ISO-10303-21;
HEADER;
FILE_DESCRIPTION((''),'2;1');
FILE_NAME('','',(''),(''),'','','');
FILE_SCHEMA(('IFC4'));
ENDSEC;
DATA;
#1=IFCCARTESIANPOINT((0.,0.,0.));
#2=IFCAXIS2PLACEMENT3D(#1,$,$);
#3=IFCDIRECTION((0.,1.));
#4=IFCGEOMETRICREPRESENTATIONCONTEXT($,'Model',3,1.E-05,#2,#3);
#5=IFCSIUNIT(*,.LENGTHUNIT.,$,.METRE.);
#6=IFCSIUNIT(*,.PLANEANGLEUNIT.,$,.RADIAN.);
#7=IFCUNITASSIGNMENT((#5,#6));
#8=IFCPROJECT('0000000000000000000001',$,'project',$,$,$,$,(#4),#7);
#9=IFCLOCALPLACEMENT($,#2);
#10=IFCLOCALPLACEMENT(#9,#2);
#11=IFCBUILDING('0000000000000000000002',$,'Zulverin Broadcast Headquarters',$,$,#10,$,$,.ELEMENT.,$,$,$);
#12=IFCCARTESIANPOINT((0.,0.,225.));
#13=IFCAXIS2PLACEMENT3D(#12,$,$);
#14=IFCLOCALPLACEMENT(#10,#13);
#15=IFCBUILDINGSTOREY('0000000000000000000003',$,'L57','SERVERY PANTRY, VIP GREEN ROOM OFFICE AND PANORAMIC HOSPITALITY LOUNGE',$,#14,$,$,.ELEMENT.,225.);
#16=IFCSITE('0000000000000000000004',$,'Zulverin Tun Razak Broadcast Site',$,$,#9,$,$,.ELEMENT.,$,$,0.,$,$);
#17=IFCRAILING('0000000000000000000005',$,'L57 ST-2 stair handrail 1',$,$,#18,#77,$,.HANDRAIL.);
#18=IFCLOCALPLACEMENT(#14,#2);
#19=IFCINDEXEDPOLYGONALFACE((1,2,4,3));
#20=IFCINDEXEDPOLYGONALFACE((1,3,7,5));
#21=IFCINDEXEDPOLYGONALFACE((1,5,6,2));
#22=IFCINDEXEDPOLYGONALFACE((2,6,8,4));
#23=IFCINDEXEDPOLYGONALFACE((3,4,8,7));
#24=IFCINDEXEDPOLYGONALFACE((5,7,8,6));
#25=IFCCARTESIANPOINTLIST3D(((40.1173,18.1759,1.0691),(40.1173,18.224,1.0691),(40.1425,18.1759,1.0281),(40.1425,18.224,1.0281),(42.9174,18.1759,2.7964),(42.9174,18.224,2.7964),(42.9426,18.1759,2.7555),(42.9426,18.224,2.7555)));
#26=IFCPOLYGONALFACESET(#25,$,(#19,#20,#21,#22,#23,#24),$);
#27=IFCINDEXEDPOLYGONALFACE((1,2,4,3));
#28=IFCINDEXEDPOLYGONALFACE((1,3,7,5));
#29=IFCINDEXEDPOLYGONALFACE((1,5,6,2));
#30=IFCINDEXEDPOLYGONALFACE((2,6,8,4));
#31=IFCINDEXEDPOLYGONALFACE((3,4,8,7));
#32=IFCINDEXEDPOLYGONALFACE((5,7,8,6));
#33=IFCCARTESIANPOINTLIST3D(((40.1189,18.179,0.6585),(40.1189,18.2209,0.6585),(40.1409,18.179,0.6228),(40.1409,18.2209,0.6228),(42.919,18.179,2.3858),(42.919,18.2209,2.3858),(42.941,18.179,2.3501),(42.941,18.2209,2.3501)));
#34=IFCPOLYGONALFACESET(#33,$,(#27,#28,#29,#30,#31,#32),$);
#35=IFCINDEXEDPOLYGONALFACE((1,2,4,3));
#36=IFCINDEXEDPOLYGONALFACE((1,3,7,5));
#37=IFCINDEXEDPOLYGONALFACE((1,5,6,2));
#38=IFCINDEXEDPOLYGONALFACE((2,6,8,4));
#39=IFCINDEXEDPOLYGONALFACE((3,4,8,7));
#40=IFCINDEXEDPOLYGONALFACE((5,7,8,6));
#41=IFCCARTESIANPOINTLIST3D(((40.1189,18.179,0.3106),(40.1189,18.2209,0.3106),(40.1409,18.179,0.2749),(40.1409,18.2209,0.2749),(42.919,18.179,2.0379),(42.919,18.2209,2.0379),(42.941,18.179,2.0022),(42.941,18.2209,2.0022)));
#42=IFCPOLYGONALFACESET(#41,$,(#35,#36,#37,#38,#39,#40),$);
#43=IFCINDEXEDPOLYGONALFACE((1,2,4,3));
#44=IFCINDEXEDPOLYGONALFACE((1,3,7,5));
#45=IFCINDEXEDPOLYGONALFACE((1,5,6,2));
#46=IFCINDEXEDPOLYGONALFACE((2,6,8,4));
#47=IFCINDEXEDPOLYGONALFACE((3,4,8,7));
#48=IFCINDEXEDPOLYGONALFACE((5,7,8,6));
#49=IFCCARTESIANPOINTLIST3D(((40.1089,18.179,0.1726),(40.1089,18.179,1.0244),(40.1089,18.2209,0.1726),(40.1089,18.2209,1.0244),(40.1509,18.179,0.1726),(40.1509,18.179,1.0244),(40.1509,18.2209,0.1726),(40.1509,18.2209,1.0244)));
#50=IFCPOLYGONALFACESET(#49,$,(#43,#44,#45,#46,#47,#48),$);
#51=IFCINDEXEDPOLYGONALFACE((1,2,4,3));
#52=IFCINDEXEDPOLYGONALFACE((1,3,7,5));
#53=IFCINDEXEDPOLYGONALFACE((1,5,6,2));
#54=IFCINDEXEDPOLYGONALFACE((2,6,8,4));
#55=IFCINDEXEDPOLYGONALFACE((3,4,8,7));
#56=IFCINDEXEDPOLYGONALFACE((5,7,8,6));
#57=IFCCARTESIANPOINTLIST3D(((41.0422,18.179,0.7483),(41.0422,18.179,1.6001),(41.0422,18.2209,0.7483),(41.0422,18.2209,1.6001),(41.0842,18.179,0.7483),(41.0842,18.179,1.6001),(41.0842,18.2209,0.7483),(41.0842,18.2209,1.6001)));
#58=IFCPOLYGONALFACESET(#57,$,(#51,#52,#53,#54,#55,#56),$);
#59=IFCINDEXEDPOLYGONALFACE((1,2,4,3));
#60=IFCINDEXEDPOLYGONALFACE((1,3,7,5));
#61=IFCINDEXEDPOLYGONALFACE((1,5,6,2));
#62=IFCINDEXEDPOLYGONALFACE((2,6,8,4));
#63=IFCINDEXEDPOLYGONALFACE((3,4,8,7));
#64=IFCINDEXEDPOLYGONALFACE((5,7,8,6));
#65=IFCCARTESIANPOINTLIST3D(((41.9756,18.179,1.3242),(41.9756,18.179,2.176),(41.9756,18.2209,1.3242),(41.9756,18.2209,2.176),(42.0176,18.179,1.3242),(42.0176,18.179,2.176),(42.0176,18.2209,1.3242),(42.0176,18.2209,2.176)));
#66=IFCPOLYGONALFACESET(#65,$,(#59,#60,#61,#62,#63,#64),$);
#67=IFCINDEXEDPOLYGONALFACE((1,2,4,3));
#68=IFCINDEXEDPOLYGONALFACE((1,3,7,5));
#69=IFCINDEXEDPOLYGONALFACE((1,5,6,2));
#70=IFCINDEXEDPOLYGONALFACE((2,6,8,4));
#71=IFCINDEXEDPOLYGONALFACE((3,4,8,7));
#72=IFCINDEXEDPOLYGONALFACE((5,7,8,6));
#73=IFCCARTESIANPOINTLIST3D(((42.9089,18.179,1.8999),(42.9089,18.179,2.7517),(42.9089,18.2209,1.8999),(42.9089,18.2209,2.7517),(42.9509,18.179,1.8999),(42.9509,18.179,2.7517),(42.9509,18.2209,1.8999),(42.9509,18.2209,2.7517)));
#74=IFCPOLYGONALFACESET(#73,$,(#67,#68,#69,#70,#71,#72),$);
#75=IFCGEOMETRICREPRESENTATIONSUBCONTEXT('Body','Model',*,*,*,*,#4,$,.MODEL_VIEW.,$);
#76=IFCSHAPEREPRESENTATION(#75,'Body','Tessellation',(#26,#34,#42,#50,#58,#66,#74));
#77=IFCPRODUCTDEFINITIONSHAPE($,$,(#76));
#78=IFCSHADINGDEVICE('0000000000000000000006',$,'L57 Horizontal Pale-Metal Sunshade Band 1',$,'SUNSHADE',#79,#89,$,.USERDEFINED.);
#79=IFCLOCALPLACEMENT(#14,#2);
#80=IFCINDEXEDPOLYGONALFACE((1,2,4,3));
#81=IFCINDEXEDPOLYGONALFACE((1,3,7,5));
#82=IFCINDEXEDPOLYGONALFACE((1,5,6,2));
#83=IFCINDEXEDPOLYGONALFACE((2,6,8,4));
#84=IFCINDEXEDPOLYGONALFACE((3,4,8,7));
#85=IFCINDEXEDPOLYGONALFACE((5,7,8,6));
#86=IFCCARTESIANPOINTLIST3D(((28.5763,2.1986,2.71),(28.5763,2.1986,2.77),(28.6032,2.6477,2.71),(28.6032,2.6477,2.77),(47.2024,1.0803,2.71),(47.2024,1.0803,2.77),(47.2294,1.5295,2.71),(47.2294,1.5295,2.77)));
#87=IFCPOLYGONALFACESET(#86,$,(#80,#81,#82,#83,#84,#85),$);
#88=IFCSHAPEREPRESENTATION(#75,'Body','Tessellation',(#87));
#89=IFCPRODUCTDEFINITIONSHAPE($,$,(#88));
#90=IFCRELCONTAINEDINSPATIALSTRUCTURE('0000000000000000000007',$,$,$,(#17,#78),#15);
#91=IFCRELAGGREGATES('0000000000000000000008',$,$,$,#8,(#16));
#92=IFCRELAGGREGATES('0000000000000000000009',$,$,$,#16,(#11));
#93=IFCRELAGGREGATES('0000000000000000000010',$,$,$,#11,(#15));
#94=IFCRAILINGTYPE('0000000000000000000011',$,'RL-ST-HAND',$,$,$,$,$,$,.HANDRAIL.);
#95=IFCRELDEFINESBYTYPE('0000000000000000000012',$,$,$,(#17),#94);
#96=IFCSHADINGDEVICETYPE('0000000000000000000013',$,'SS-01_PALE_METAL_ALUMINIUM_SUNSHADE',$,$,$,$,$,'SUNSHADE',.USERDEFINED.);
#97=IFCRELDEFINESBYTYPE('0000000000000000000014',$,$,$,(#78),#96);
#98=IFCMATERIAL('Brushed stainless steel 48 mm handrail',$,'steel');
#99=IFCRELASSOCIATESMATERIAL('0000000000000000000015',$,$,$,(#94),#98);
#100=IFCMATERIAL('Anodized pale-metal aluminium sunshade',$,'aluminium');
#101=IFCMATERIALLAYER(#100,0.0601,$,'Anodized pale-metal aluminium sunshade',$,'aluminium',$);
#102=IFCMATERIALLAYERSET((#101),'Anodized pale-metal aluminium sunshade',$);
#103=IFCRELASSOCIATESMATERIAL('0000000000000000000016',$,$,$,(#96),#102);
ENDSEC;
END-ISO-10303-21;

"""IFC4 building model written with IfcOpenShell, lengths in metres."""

from ifc_helpers import new_model, si_unit, direction, frame, origin, origin_2d, place, context, subcontext, project, spatial, rectangle, extrude, material, layer, layer_set, type_object, element, save


model = new_model("IFC4")

# Units and contexts
model_context = context("Model", 3, precision=1e-05, world=origin(), true_north=direction((0.0, 1.0)))
body_context = subcontext(model_context, "Body", "Model", "MODEL_VIEW")
ifc_project = project(units=[si_unit("LENGTHUNIT", "METRE"), si_unit("PLANEANGLEUNIT", "RADIAN")], contexts=[model_context])

# Site, building, storey
site_placement = place(None, origin())
site = spatial("IfcSite", under=ifc_project, at=site_placement, Name="Zulverin Tun Razak Broadcast Site", CompositionType="ELEMENT", RefElevation=0.0)
building_placement = place(site_placement, origin())
building = spatial("IfcBuilding", under=site, at=building_placement, Name="Zulverin Broadcast Headquarters", CompositionType="ELEMENT")
storey_placement = place(building_placement, frame((0.0, 0.0, 225.0)))
storey = spatial("IfcBuildingStorey", under=building, at=storey_placement, Name="L57", Description="SERVERY PANTRY, VIP GREEN ROOM OFFICE AND PANORAMIC HOSPITALITY LOUNGE", CompositionType="ELEMENT", Elevation=225.0)

# Railing
ifc_material_1 = material(Name="Brushed stainless steel 48 mm handrail", Category="steel")
railing_type_1 = type_object("IfcRailingType", Name="RL-ST-HAND", PredefinedType="HANDRAIL", material=ifc_material_1)
railing_1_placement = place(storey_placement, frame((40.1299, 18.2, 0.1726)))
element("IfcRailing", 1, at=railing_1_placement, inside=storey, type_object=railing_type_1, Name="L57 ST-2 stair handrail 1", PredefinedType="HANDRAIL", context=body_context, shape_type="SweptSolid", body=[
    extrude(rectangle(XDim=0.0481, YDim=0.0481, at=origin_2d()), frame((0.0, 0.0, 0.876), z_axis=(0.85109, 0.0, 0.52502), x_axis=(0.0, 1.0, 0.0)), (0.0, 0.0, 1.0), 3.29),
    extrude(rectangle(XDim=0.042, YDim=0.042, at=origin_2d()), frame((0.0, 0.0, 0.468), z_axis=(0.85109, 0.0, 0.52502), x_axis=(0.0, 1.0, 0.0)), (0.0, 0.0, 1.0), 3.29),
    extrude(rectangle(XDim=0.042, YDim=0.042, at=origin_2d()), frame((0.0, 0.0, 0.1201), z_axis=(0.85109, 0.0, 0.52502), x_axis=(0.0, 1.0, 0.0)), (0.0, 0.0, 1.0), 3.29),
    extrude(rectangle(XDim=0.042, YDim=0.042, at=origin_2d()), origin(), (0.0, 0.0, 1.0), 0.8518),
    extrude(rectangle(XDim=0.042, YDim=0.042, at=origin_2d()), frame((0.9333, 0.0, 0.5757)), (0.0, 0.0, 1.0), 0.8518),
    extrude(rectangle(XDim=0.042, YDim=0.042, at=origin_2d()), frame((1.8667, 0.0, 1.1516)), (0.0, 0.0, 1.0), 0.8518),
    extrude(rectangle(XDim=0.042, YDim=0.042, at=origin_2d()), frame((2.8, 0.0, 1.7273)), (0.0, 0.0, 1.0), 0.8518),
])

# Shading device
ifc_material_2 = material(Name="Anodized pale-metal aluminium sunshade", Category="aluminium")
ifc_layer_1 = layer(ifc_material_2, 0.0601, Name="Anodized pale-metal aluminium sunshade", Category="aluminium")
ifc_layer_set_1 = layer_set([ifc_layer_1], Name="Anodized pale-metal aluminium sunshade")
shading_device_type = type_object("IfcShadingDeviceType", Name="SS-01_PALE_METAL_ALUMINIUM_SUNSHADE", ElementType="SUNSHADE", PredefinedType="USERDEFINED", material=ifc_layer_set_1)
shading_device_placement = place(storey_placement, frame((37.9028, 1.864, 2.71), z_axis=(0.0, 0.0, 1.0), x_axis=(0.998203, -0.059928, 0.0)))
element("IfcShadingDevice", 2, at=shading_device_placement, inside=storey, type_object=shading_device_type, Name="L57 Horizontal Pale-Metal Sunshade Band 1", ObjectType="SUNSHADE", PredefinedType="USERDEFINED", context=body_context, shape_type="SweptSolid", body=[
    extrude(rectangle(XDim=18.6597, YDim=0.45, at=origin_2d()), origin(), (0.0, 0.0, 1.0), 0.0601),
])

save(model, "model.ifc")
